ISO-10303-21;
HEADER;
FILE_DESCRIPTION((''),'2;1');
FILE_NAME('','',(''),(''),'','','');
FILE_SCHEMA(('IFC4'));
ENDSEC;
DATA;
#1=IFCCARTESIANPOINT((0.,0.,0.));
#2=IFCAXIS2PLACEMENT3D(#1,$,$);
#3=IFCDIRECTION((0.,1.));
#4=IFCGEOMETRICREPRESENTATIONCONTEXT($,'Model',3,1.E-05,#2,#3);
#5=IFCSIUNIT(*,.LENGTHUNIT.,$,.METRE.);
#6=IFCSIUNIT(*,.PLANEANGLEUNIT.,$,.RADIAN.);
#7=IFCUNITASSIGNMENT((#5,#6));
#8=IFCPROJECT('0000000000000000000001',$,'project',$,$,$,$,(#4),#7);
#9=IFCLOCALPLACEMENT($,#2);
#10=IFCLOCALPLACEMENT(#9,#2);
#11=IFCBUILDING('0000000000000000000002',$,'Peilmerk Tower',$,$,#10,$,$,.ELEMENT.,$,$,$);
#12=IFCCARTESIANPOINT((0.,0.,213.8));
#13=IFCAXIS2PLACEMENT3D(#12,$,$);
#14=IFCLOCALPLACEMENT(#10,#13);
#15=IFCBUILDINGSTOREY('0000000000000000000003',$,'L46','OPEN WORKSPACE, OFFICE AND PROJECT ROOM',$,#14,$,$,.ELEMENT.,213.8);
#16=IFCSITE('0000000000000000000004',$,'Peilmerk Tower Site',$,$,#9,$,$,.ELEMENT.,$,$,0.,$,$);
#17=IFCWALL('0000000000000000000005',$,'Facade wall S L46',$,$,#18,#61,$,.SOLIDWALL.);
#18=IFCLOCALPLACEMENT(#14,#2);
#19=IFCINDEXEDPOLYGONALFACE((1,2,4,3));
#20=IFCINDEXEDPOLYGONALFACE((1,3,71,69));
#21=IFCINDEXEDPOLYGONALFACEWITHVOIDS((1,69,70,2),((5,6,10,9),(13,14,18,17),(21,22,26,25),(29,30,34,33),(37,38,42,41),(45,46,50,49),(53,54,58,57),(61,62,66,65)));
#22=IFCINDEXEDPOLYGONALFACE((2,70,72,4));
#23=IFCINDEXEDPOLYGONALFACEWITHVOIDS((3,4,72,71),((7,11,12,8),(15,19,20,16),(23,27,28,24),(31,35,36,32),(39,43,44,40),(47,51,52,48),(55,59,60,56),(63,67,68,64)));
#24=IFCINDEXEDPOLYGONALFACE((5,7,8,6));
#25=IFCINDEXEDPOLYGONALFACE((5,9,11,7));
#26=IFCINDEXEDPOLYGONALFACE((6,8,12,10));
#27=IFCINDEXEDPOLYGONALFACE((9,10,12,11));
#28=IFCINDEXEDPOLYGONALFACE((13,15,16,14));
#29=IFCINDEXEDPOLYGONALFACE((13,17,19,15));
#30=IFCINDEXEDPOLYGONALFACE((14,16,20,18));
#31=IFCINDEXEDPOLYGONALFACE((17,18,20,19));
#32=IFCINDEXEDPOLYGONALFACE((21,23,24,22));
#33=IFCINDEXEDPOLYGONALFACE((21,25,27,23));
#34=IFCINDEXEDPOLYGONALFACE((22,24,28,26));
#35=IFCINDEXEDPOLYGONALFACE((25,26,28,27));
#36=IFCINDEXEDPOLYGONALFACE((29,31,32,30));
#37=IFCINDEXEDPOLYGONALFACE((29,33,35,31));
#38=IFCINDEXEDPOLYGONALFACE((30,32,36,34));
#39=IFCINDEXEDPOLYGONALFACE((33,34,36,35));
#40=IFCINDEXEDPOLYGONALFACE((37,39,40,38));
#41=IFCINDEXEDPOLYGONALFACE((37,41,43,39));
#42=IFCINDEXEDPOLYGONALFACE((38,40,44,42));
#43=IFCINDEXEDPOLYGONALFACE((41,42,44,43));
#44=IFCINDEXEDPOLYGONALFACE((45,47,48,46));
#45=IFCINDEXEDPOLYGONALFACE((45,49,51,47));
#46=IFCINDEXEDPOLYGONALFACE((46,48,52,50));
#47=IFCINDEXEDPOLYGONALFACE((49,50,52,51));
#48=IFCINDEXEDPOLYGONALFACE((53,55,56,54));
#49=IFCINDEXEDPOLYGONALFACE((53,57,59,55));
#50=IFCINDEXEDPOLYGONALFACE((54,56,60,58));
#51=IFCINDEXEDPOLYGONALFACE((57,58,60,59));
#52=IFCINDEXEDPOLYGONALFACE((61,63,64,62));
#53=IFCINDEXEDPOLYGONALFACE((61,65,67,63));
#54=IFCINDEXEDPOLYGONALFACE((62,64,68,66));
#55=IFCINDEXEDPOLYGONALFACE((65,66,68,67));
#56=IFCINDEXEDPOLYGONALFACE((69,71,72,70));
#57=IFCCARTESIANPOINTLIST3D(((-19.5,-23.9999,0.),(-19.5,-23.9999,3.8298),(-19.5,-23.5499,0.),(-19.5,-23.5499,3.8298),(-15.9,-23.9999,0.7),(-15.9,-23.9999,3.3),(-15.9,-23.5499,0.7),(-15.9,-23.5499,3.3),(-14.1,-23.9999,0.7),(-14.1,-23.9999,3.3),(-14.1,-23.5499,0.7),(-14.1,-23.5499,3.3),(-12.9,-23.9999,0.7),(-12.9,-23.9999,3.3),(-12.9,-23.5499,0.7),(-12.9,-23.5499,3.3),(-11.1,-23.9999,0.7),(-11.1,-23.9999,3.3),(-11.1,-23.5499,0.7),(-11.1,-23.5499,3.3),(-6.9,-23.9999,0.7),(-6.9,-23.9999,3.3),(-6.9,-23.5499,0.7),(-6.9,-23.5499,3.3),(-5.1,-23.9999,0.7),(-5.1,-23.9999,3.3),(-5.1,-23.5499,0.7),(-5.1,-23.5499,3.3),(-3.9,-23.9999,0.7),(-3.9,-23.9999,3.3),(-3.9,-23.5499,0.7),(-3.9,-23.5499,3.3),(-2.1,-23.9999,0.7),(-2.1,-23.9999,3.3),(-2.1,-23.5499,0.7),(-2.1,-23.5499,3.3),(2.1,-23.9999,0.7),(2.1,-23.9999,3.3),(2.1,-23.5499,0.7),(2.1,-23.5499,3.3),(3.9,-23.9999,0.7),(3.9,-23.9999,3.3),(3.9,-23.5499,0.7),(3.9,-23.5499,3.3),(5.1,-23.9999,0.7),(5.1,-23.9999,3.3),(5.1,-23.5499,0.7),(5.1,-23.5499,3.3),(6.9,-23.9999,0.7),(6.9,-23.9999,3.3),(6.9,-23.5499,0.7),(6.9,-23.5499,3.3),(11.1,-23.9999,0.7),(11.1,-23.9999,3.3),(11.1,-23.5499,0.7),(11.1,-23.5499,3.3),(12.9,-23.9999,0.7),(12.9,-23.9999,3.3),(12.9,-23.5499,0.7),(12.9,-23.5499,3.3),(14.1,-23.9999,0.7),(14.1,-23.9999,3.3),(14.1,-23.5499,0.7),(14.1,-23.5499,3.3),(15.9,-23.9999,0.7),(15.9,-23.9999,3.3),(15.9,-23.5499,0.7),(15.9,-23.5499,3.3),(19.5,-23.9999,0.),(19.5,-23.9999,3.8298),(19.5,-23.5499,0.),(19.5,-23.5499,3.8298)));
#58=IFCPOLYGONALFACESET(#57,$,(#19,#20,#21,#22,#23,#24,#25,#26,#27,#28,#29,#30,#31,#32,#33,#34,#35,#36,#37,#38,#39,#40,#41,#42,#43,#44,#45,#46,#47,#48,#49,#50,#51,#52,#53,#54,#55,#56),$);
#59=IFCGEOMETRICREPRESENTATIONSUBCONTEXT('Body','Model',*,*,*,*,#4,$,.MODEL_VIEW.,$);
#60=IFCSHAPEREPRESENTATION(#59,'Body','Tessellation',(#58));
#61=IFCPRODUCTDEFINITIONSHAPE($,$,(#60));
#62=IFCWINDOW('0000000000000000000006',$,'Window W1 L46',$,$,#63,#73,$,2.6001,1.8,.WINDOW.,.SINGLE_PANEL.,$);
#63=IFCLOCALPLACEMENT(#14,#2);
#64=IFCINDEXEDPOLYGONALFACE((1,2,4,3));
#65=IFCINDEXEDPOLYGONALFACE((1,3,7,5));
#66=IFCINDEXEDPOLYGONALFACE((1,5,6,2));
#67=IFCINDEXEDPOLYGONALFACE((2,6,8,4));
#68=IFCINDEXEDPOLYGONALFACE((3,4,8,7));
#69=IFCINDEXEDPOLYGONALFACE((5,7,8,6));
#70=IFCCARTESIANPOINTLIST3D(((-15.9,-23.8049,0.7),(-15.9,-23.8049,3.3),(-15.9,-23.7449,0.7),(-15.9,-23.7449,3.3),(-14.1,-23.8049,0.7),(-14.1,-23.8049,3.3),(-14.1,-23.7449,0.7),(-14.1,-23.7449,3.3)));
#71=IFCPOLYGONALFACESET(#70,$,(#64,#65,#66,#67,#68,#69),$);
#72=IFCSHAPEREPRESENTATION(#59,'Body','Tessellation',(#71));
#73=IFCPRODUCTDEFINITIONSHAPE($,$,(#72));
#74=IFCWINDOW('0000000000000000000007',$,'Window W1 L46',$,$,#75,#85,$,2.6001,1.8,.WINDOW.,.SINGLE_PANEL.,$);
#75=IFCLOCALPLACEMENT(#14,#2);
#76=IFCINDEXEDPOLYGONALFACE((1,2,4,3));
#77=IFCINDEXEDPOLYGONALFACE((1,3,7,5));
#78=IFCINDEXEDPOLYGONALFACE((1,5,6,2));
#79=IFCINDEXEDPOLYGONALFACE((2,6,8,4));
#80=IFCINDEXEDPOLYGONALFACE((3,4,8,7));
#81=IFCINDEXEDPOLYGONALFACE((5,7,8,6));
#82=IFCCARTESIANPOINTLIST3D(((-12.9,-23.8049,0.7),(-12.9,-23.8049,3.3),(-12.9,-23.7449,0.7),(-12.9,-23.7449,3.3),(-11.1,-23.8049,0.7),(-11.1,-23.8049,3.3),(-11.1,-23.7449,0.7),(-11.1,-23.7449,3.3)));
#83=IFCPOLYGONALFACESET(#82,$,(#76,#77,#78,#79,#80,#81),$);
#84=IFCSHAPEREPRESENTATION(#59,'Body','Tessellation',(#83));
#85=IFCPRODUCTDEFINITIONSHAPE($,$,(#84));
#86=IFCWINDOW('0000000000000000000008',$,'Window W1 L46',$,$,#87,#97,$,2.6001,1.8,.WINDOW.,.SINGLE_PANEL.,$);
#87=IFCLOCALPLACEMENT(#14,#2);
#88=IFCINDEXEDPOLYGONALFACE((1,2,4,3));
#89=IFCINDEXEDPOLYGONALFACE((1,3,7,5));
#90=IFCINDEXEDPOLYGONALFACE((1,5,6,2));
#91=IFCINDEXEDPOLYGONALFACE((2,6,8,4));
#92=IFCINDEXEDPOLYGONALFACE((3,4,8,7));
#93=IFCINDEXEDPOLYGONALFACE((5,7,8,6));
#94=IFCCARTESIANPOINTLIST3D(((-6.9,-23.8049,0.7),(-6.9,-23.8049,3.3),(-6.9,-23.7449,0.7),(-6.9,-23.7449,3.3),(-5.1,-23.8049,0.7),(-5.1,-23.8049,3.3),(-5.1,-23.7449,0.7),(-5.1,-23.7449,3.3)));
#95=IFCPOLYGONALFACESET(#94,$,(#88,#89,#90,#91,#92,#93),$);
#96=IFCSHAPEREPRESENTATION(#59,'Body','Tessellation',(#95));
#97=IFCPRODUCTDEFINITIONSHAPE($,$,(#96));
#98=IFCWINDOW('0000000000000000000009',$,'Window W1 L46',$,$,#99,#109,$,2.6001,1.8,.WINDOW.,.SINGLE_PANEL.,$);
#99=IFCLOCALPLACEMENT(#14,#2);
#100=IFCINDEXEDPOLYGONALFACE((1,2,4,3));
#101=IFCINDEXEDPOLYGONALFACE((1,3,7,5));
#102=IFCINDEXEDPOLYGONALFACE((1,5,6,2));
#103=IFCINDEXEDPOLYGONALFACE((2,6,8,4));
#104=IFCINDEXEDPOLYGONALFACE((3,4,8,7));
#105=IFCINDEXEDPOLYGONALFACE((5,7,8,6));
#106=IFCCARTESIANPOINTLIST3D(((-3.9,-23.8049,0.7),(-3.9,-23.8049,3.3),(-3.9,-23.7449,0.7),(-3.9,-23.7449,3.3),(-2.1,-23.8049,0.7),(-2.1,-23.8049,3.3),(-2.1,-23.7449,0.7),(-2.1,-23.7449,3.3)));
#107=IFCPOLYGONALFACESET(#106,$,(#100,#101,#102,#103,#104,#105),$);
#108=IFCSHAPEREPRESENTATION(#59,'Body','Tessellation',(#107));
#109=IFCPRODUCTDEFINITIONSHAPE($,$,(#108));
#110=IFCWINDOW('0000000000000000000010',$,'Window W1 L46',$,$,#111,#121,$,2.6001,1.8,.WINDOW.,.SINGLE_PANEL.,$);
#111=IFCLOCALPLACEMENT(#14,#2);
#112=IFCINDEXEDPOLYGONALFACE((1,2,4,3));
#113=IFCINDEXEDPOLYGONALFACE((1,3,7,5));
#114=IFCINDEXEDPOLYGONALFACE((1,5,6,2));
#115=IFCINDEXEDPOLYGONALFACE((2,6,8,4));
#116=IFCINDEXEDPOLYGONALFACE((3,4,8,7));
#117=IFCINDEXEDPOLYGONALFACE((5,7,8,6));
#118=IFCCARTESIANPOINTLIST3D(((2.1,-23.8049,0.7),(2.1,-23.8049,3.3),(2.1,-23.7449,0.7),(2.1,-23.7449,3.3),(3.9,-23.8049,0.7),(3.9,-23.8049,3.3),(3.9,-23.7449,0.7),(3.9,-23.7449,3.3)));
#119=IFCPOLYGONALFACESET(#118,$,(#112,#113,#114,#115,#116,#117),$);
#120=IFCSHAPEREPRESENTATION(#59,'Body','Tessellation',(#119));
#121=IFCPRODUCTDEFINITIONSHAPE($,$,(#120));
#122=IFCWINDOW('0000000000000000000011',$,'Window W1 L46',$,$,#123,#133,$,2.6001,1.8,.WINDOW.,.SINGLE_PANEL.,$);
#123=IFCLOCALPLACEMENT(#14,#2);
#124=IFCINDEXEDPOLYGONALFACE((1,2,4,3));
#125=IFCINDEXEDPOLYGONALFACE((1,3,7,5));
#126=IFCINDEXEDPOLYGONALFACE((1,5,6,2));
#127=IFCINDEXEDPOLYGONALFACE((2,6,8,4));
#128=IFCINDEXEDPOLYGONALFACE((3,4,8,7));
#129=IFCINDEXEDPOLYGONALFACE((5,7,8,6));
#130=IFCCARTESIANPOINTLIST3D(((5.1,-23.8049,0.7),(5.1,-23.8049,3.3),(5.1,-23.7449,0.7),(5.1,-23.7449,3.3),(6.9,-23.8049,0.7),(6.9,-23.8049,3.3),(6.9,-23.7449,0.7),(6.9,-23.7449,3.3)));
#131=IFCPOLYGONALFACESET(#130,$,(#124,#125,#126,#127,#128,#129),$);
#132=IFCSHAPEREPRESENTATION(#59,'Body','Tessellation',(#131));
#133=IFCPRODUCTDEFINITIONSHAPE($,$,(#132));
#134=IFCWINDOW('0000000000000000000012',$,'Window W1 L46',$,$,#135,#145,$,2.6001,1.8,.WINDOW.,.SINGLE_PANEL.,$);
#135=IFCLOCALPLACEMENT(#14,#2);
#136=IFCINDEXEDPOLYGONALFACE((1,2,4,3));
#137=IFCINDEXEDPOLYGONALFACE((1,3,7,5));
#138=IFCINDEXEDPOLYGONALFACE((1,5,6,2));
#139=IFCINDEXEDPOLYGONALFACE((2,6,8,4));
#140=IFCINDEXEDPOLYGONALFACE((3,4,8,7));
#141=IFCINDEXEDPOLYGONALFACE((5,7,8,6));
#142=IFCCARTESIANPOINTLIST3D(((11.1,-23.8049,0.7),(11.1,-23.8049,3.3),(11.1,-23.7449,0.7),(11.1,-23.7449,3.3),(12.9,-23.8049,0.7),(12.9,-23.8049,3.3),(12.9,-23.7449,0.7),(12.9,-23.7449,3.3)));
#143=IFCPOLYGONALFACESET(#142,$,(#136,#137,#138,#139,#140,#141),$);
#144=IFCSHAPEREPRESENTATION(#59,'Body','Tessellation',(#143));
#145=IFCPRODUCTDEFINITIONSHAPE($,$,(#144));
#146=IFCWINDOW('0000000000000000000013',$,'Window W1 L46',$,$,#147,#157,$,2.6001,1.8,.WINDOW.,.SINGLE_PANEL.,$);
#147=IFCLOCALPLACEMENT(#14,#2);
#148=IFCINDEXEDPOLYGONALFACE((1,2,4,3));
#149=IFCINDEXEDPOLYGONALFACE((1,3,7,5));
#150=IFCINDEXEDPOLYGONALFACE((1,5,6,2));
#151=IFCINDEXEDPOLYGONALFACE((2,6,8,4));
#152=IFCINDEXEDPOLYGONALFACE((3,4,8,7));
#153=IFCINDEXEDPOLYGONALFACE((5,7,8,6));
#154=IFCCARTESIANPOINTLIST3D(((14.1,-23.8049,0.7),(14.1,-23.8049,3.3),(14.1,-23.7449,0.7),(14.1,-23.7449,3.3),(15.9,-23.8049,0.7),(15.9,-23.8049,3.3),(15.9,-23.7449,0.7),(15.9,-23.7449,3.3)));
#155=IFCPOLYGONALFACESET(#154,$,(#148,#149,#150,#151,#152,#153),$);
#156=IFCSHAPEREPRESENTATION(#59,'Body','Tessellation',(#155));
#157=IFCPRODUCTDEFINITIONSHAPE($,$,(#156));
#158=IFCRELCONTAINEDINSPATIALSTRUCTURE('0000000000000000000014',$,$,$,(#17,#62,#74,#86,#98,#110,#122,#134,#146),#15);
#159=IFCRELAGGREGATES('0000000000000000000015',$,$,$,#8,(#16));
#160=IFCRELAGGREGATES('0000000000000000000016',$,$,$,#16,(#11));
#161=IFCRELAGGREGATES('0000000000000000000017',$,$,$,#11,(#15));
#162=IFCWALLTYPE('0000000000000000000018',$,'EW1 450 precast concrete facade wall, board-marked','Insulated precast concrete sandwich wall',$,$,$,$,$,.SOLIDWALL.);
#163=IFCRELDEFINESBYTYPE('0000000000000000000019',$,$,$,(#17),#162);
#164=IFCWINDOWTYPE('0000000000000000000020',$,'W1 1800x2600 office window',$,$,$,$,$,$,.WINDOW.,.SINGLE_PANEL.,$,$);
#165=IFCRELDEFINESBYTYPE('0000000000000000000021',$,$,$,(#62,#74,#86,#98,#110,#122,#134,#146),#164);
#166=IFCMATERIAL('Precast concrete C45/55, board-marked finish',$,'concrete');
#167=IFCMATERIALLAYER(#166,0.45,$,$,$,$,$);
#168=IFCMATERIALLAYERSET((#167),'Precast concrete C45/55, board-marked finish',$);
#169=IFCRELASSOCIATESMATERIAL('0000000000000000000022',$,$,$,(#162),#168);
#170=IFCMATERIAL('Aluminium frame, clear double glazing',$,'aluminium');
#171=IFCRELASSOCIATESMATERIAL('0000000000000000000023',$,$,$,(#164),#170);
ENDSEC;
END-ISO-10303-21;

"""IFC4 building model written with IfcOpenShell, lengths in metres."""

from ifc_helpers import new_model, si_unit, direction, frame, frame_2d, origin, place, context, subcontext, project, spatial, rectangle, extrude, material, layer, layer_set, type_object, element, fill, save


model = new_model("IFC4")

# Units and contexts
model_context = context("Model", 3, precision=1e-05, world=origin(), true_north=direction((0.0, 1.0)))
body_context = subcontext(model_context, "Body", "Model", "MODEL_VIEW")
ifc_project = project(units=[si_unit("LENGTHUNIT", "METRE"), si_unit("PLANEANGLEUNIT", "RADIAN")], contexts=[model_context])

# Site, building, storey
site_placement = place(None, origin())
site = spatial("IfcSite", under=ifc_project, at=site_placement, Name="Peilmerk Tower Site", CompositionType="ELEMENT", RefElevation=0.0)
building_placement = place(site_placement, origin())
building = spatial("IfcBuilding", under=site, at=building_placement, Name="Peilmerk Tower", CompositionType="ELEMENT")
storey_placement = place(building_placement, frame((0.0, 0.0, 213.8)))
storey = spatial("IfcBuildingStorey", under=building, at=storey_placement, Name="L46", Description="OPEN WORKSPACE, OFFICE AND PROJECT ROOM", CompositionType="ELEMENT", Elevation=213.8)

# Wall, openings, windows
ifc_material_1 = material(Name="Precast concrete C45/55, board-marked finish", Category="concrete")
ifc_layer_1 = layer(ifc_material_1, 0.45)
ifc_layer_set_1 = layer_set([ifc_layer_1], Name="Precast concrete C45/55, board-marked finish")
wall_type = type_object("IfcWallType", Name="EW1 450 precast concrete facade wall, board-marked", Description="Insulated precast concrete sandwich wall", PredefinedType="SOLIDWALL", material=ifc_layer_set_1)
wall_placement = place(storey_placement, frame((-19.5, -23.7749, 0.0), z_axis=(0.0, 0.0, 1.0), x_axis=(1.0, 0.0, 0.0)))
wall = element("IfcWall", 1, at=wall_placement, inside=storey, type_object=wall_type, Name="Facade wall S L46", PredefinedType="SOLIDWALL", context=body_context, shape_type="SweptSolid", body=[
    extrude(rectangle(XDim=39.0, YDim=0.45, at=frame_2d((19.5, 0.0))), origin(), (0.0, 0.0, 1.0), 3.8298),
])
opening_1_placement = place(wall_placement, frame((3.6001, 0.0, 0.7)))
opening_1 = element("IfcOpeningElement", 2, at=opening_1_placement, cuts=wall, PredefinedType="OPENING", context=body_context, shape_type="SweptSolid", body=[
    extrude(rectangle(XDim=1.8, YDim=2.6001, at=frame_2d((0.8999, 1.3))), frame((0.0, 0.2349, 0.0), z_axis=(0.0, -1.0, 0.0), x_axis=(1.0, 0.0, 0.0)), (0.0, 0.0, 1.0), 0.47),
])
opening_2_placement = place(wall_placement, frame((6.6001, 0.0, 0.7)))
opening_2 = element("IfcOpeningElement", 3, at=opening_2_placement, cuts=wall, PredefinedType="OPENING", context=body_context, shape_type="SweptSolid", body=[
    extrude(rectangle(XDim=1.8, YDim=2.6001, at=frame_2d((0.8999, 1.3))), frame((0.0, 0.2349, 0.0), z_axis=(0.0, -1.0, 0.0), x_axis=(1.0, 0.0, 0.0)), (0.0, 0.0, 1.0), 0.47),
])
opening_3_placement = place(wall_placement, frame((12.6001, 0.0, 0.7)))
opening_3 = element("IfcOpeningElement", 4, at=opening_3_placement, cuts=wall, PredefinedType="OPENING", context=body_context, shape_type="SweptSolid", body=[
    extrude(rectangle(XDim=1.8, YDim=2.6001, at=frame_2d((0.8999, 1.3))), frame((0.0, 0.2349, 0.0), z_axis=(0.0, -1.0, 0.0), x_axis=(1.0, 0.0, 0.0)), (0.0, 0.0, 1.0), 0.47),
])
opening_4_placement = place(wall_placement, frame((15.6001, 0.0, 0.7)))
opening_4 = element("IfcOpeningElement", 5, at=opening_4_placement, cuts=wall, PredefinedType="OPENING", context=body_context, shape_type="SweptSolid", body=[
    extrude(rectangle(XDim=1.8, YDim=2.6001, at=frame_2d((0.8999, 1.3))), frame((0.0, 0.2349, 0.0), z_axis=(0.0, -1.0, 0.0), x_axis=(1.0, 0.0, 0.0)), (0.0, 0.0, 1.0), 0.47),
])
opening_5_placement = place(wall_placement, frame((21.6001, 0.0, 0.7)))
opening_5 = element("IfcOpeningElement", 6, at=opening_5_placement, cuts=wall, PredefinedType="OPENING", context=body_context, shape_type="SweptSolid", body=[
    extrude(rectangle(XDim=1.8, YDim=2.6001, at=frame_2d((0.8999, 1.3))), frame((0.0, 0.2349, 0.0), z_axis=(0.0, -1.0, 0.0), x_axis=(1.0, 0.0, 0.0)), (0.0, 0.0, 1.0), 0.47),
])
opening_6_placement = place(wall_placement, frame((24.6001, 0.0, 0.7)))
opening_6 = element("IfcOpeningElement", 7, at=opening_6_placement, cuts=wall, PredefinedType="OPENING", context=body_context, shape_type="SweptSolid", body=[
    extrude(rectangle(XDim=1.8, YDim=2.6001, at=frame_2d((0.8999, 1.3))), frame((0.0, 0.2349, 0.0), z_axis=(0.0, -1.0, 0.0), x_axis=(1.0, 0.0, 0.0)), (0.0, 0.0, 1.0), 0.47),
])
opening_7_placement = place(wall_placement, frame((30.6001, 0.0, 0.7)))
opening_7 = element("IfcOpeningElement", 8, at=opening_7_placement, cuts=wall, PredefinedType="OPENING", context=body_context, shape_type="SweptSolid", body=[
    extrude(rectangle(XDim=1.8, YDim=2.6001, at=frame_2d((0.8999, 1.3))), frame((0.0, 0.2349, 0.0), z_axis=(0.0, -1.0, 0.0), x_axis=(1.0, 0.0, 0.0)), (0.0, 0.0, 1.0), 0.47),
])
opening_8_placement = place(wall_placement, frame((33.6001, 0.0, 0.7)))
opening_8 = element("IfcOpeningElement", 9, at=opening_8_placement, cuts=wall, PredefinedType="OPENING", context=body_context, shape_type="SweptSolid", body=[
    extrude(rectangle(XDim=1.8, YDim=2.6001, at=frame_2d((0.8999, 1.3))), frame((0.0, 0.2349, 0.0), z_axis=(0.0, -1.0, 0.0), x_axis=(1.0, 0.0, 0.0)), (0.0, 0.0, 1.0), 0.47),
])
ifc_material_2 = material(Name="Aluminium frame, clear double glazing", Category="aluminium")
window_type = type_object("IfcWindowType", Name="W1 1800x2600 office window", PartitioningType="SINGLE_PANEL", PredefinedType="WINDOW", material=ifc_material_2)
window_1_placement = place(opening_1_placement, origin())
window_1 = element("IfcWindow", 10, at=window_1_placement, inside=storey, type_object=window_type, Name="Window W1 L46", OverallHeight=2.6001, OverallWidth=1.8, PartitioningType="SINGLE_PANEL", PredefinedType="WINDOW", context=body_context, shape_type="SweptSolid", body=[
    extrude(rectangle(XDim=1.8, YDim=2.6001, at=frame_2d((0.8999, 1.3))), frame((0.0, 0.03, 0.0), z_axis=(0.0, -1.0, 0.0), x_axis=(1.0, 0.0, 0.0)), (0.0, 0.0, 1.0), 0.0601),
])
fill(opening_1, window_1)
window_2_placement = place(opening_2_placement, origin())
window_2 = element("IfcWindow", 11, at=window_2_placement, inside=storey, type_object=window_type, Name="Window W1 L46", OverallHeight=2.6001, OverallWidth=1.8, PartitioningType="SINGLE_PANEL", PredefinedType="WINDOW", context=body_context, shape_type="SweptSolid", body=[
    extrude(rectangle(XDim=1.8, YDim=2.6001, at=frame_2d((0.8999, 1.3))), frame((0.0, 0.03, 0.0), z_axis=(0.0, -1.0, 0.0), x_axis=(1.0, 0.0, 0.0)), (0.0, 0.0, 1.0), 0.0601),
])
fill(opening_2, window_2)
window_3_placement = place(opening_3_placement, origin())
window_3 = element("IfcWindow", 12, at=window_3_placement, inside=storey, type_object=window_type, Name="Window W1 L46", OverallHeight=2.6001, OverallWidth=1.8, PartitioningType="SINGLE_PANEL", PredefinedType="WINDOW", context=body_context, shape_type="SweptSolid", body=[
    extrude(rectangle(XDim=1.8, YDim=2.6001, at=frame_2d((0.8999, 1.3))), frame((0.0, 0.03, 0.0), z_axis=(0.0, -1.0, 0.0), x_axis=(1.0, 0.0, 0.0)), (0.0, 0.0, 1.0), 0.0601),
])
fill(opening_3, window_3)
window_4_placement = place(opening_4_placement, origin())
window_4 = element("IfcWindow", 13, at=window_4_placement, inside=storey, type_object=window_type, Name="Window W1 L46", OverallHeight=2.6001, OverallWidth=1.8, PartitioningType="SINGLE_PANEL", PredefinedType="WINDOW", context=body_context, shape_type="SweptSolid", body=[
    extrude(rectangle(XDim=1.8, YDim=2.6001, at=frame_2d((0.8999, 1.3))), frame((0.0, 0.03, 0.0), z_axis=(0.0, -1.0, 0.0), x_axis=(1.0, 0.0, 0.0)), (0.0, 0.0, 1.0), 0.0601),
])
fill(opening_4, window_4)
window_5_placement = place(opening_5_placement, origin())
window_5 = element("IfcWindow", 14, at=window_5_placement, inside=storey, type_object=window_type, Name="Window W1 L46", OverallHeight=2.6001, OverallWidth=1.8, PartitioningType="SINGLE_PANEL", PredefinedType="WINDOW", context=body_context, shape_type="SweptSolid", body=[
    extrude(rectangle(XDim=1.8, YDim=2.6001, at=frame_2d((0.8999, 1.3))), frame((0.0, 0.03, 0.0), z_axis=(0.0, -1.0, 0.0), x_axis=(1.0, 0.0, 0.0)), (0.0, 0.0, 1.0), 0.0601),
])
fill(opening_5, window_5)
window_6_placement = place(opening_6_placement, origin())
window_6 = element("IfcWindow", 15, at=window_6_placement, inside=storey, type_object=window_type, Name="Window W1 L46", OverallHeight=2.6001, OverallWidth=1.8, PartitioningType="SINGLE_PANEL", PredefinedType="WINDOW", context=body_context, shape_type="SweptSolid", body=[
    extrude(rectangle(XDim=1.8, YDim=2.6001, at=frame_2d((0.8999, 1.3))), frame((0.0, 0.03, 0.0), z_axis=(0.0, -1.0, 0.0), x_axis=(1.0, 0.0, 0.0)), (0.0, 0.0, 1.0), 0.0601),
])
fill(opening_6, window_6)
window_7_placement = place(opening_7_placement, origin())
window_7 = element("IfcWindow", 16, at=window_7_placement, inside=storey, type_object=window_type, Name="Window W1 L46", OverallHeight=2.6001, OverallWidth=1.8, PartitioningType="SINGLE_PANEL", PredefinedType="WINDOW", context=body_context, shape_type="SweptSolid", body=[
    extrude(rectangle(XDim=1.8, YDim=2.6001, at=frame_2d((0.8999, 1.3))), frame((0.0, 0.03, 0.0), z_axis=(0.0, -1.0, 0.0), x_axis=(1.0, 0.0, 0.0)), (0.0, 0.0, 1.0), 0.0601),
])
fill(opening_7, window_7)
window_8_placement = place(opening_8_placement, origin())
window_8 = element("IfcWindow", 17, at=window_8_placement, inside=storey, type_object=window_type, Name="Window W1 L46", OverallHeight=2.6001, OverallWidth=1.8, PartitioningType="SINGLE_PANEL", PredefinedType="WINDOW", context=body_context, shape_type="SweptSolid", body=[
    extrude(rectangle(XDim=1.8, YDim=2.6001, at=frame_2d((0.8999, 1.3))), frame((0.0, 0.03, 0.0), z_axis=(0.0, -1.0, 0.0), x_axis=(1.0, 0.0, 0.0)), (0.0, 0.0, 1.0), 0.0601),
])
fill(opening_8, window_8)

save(model, "model.ifc")
